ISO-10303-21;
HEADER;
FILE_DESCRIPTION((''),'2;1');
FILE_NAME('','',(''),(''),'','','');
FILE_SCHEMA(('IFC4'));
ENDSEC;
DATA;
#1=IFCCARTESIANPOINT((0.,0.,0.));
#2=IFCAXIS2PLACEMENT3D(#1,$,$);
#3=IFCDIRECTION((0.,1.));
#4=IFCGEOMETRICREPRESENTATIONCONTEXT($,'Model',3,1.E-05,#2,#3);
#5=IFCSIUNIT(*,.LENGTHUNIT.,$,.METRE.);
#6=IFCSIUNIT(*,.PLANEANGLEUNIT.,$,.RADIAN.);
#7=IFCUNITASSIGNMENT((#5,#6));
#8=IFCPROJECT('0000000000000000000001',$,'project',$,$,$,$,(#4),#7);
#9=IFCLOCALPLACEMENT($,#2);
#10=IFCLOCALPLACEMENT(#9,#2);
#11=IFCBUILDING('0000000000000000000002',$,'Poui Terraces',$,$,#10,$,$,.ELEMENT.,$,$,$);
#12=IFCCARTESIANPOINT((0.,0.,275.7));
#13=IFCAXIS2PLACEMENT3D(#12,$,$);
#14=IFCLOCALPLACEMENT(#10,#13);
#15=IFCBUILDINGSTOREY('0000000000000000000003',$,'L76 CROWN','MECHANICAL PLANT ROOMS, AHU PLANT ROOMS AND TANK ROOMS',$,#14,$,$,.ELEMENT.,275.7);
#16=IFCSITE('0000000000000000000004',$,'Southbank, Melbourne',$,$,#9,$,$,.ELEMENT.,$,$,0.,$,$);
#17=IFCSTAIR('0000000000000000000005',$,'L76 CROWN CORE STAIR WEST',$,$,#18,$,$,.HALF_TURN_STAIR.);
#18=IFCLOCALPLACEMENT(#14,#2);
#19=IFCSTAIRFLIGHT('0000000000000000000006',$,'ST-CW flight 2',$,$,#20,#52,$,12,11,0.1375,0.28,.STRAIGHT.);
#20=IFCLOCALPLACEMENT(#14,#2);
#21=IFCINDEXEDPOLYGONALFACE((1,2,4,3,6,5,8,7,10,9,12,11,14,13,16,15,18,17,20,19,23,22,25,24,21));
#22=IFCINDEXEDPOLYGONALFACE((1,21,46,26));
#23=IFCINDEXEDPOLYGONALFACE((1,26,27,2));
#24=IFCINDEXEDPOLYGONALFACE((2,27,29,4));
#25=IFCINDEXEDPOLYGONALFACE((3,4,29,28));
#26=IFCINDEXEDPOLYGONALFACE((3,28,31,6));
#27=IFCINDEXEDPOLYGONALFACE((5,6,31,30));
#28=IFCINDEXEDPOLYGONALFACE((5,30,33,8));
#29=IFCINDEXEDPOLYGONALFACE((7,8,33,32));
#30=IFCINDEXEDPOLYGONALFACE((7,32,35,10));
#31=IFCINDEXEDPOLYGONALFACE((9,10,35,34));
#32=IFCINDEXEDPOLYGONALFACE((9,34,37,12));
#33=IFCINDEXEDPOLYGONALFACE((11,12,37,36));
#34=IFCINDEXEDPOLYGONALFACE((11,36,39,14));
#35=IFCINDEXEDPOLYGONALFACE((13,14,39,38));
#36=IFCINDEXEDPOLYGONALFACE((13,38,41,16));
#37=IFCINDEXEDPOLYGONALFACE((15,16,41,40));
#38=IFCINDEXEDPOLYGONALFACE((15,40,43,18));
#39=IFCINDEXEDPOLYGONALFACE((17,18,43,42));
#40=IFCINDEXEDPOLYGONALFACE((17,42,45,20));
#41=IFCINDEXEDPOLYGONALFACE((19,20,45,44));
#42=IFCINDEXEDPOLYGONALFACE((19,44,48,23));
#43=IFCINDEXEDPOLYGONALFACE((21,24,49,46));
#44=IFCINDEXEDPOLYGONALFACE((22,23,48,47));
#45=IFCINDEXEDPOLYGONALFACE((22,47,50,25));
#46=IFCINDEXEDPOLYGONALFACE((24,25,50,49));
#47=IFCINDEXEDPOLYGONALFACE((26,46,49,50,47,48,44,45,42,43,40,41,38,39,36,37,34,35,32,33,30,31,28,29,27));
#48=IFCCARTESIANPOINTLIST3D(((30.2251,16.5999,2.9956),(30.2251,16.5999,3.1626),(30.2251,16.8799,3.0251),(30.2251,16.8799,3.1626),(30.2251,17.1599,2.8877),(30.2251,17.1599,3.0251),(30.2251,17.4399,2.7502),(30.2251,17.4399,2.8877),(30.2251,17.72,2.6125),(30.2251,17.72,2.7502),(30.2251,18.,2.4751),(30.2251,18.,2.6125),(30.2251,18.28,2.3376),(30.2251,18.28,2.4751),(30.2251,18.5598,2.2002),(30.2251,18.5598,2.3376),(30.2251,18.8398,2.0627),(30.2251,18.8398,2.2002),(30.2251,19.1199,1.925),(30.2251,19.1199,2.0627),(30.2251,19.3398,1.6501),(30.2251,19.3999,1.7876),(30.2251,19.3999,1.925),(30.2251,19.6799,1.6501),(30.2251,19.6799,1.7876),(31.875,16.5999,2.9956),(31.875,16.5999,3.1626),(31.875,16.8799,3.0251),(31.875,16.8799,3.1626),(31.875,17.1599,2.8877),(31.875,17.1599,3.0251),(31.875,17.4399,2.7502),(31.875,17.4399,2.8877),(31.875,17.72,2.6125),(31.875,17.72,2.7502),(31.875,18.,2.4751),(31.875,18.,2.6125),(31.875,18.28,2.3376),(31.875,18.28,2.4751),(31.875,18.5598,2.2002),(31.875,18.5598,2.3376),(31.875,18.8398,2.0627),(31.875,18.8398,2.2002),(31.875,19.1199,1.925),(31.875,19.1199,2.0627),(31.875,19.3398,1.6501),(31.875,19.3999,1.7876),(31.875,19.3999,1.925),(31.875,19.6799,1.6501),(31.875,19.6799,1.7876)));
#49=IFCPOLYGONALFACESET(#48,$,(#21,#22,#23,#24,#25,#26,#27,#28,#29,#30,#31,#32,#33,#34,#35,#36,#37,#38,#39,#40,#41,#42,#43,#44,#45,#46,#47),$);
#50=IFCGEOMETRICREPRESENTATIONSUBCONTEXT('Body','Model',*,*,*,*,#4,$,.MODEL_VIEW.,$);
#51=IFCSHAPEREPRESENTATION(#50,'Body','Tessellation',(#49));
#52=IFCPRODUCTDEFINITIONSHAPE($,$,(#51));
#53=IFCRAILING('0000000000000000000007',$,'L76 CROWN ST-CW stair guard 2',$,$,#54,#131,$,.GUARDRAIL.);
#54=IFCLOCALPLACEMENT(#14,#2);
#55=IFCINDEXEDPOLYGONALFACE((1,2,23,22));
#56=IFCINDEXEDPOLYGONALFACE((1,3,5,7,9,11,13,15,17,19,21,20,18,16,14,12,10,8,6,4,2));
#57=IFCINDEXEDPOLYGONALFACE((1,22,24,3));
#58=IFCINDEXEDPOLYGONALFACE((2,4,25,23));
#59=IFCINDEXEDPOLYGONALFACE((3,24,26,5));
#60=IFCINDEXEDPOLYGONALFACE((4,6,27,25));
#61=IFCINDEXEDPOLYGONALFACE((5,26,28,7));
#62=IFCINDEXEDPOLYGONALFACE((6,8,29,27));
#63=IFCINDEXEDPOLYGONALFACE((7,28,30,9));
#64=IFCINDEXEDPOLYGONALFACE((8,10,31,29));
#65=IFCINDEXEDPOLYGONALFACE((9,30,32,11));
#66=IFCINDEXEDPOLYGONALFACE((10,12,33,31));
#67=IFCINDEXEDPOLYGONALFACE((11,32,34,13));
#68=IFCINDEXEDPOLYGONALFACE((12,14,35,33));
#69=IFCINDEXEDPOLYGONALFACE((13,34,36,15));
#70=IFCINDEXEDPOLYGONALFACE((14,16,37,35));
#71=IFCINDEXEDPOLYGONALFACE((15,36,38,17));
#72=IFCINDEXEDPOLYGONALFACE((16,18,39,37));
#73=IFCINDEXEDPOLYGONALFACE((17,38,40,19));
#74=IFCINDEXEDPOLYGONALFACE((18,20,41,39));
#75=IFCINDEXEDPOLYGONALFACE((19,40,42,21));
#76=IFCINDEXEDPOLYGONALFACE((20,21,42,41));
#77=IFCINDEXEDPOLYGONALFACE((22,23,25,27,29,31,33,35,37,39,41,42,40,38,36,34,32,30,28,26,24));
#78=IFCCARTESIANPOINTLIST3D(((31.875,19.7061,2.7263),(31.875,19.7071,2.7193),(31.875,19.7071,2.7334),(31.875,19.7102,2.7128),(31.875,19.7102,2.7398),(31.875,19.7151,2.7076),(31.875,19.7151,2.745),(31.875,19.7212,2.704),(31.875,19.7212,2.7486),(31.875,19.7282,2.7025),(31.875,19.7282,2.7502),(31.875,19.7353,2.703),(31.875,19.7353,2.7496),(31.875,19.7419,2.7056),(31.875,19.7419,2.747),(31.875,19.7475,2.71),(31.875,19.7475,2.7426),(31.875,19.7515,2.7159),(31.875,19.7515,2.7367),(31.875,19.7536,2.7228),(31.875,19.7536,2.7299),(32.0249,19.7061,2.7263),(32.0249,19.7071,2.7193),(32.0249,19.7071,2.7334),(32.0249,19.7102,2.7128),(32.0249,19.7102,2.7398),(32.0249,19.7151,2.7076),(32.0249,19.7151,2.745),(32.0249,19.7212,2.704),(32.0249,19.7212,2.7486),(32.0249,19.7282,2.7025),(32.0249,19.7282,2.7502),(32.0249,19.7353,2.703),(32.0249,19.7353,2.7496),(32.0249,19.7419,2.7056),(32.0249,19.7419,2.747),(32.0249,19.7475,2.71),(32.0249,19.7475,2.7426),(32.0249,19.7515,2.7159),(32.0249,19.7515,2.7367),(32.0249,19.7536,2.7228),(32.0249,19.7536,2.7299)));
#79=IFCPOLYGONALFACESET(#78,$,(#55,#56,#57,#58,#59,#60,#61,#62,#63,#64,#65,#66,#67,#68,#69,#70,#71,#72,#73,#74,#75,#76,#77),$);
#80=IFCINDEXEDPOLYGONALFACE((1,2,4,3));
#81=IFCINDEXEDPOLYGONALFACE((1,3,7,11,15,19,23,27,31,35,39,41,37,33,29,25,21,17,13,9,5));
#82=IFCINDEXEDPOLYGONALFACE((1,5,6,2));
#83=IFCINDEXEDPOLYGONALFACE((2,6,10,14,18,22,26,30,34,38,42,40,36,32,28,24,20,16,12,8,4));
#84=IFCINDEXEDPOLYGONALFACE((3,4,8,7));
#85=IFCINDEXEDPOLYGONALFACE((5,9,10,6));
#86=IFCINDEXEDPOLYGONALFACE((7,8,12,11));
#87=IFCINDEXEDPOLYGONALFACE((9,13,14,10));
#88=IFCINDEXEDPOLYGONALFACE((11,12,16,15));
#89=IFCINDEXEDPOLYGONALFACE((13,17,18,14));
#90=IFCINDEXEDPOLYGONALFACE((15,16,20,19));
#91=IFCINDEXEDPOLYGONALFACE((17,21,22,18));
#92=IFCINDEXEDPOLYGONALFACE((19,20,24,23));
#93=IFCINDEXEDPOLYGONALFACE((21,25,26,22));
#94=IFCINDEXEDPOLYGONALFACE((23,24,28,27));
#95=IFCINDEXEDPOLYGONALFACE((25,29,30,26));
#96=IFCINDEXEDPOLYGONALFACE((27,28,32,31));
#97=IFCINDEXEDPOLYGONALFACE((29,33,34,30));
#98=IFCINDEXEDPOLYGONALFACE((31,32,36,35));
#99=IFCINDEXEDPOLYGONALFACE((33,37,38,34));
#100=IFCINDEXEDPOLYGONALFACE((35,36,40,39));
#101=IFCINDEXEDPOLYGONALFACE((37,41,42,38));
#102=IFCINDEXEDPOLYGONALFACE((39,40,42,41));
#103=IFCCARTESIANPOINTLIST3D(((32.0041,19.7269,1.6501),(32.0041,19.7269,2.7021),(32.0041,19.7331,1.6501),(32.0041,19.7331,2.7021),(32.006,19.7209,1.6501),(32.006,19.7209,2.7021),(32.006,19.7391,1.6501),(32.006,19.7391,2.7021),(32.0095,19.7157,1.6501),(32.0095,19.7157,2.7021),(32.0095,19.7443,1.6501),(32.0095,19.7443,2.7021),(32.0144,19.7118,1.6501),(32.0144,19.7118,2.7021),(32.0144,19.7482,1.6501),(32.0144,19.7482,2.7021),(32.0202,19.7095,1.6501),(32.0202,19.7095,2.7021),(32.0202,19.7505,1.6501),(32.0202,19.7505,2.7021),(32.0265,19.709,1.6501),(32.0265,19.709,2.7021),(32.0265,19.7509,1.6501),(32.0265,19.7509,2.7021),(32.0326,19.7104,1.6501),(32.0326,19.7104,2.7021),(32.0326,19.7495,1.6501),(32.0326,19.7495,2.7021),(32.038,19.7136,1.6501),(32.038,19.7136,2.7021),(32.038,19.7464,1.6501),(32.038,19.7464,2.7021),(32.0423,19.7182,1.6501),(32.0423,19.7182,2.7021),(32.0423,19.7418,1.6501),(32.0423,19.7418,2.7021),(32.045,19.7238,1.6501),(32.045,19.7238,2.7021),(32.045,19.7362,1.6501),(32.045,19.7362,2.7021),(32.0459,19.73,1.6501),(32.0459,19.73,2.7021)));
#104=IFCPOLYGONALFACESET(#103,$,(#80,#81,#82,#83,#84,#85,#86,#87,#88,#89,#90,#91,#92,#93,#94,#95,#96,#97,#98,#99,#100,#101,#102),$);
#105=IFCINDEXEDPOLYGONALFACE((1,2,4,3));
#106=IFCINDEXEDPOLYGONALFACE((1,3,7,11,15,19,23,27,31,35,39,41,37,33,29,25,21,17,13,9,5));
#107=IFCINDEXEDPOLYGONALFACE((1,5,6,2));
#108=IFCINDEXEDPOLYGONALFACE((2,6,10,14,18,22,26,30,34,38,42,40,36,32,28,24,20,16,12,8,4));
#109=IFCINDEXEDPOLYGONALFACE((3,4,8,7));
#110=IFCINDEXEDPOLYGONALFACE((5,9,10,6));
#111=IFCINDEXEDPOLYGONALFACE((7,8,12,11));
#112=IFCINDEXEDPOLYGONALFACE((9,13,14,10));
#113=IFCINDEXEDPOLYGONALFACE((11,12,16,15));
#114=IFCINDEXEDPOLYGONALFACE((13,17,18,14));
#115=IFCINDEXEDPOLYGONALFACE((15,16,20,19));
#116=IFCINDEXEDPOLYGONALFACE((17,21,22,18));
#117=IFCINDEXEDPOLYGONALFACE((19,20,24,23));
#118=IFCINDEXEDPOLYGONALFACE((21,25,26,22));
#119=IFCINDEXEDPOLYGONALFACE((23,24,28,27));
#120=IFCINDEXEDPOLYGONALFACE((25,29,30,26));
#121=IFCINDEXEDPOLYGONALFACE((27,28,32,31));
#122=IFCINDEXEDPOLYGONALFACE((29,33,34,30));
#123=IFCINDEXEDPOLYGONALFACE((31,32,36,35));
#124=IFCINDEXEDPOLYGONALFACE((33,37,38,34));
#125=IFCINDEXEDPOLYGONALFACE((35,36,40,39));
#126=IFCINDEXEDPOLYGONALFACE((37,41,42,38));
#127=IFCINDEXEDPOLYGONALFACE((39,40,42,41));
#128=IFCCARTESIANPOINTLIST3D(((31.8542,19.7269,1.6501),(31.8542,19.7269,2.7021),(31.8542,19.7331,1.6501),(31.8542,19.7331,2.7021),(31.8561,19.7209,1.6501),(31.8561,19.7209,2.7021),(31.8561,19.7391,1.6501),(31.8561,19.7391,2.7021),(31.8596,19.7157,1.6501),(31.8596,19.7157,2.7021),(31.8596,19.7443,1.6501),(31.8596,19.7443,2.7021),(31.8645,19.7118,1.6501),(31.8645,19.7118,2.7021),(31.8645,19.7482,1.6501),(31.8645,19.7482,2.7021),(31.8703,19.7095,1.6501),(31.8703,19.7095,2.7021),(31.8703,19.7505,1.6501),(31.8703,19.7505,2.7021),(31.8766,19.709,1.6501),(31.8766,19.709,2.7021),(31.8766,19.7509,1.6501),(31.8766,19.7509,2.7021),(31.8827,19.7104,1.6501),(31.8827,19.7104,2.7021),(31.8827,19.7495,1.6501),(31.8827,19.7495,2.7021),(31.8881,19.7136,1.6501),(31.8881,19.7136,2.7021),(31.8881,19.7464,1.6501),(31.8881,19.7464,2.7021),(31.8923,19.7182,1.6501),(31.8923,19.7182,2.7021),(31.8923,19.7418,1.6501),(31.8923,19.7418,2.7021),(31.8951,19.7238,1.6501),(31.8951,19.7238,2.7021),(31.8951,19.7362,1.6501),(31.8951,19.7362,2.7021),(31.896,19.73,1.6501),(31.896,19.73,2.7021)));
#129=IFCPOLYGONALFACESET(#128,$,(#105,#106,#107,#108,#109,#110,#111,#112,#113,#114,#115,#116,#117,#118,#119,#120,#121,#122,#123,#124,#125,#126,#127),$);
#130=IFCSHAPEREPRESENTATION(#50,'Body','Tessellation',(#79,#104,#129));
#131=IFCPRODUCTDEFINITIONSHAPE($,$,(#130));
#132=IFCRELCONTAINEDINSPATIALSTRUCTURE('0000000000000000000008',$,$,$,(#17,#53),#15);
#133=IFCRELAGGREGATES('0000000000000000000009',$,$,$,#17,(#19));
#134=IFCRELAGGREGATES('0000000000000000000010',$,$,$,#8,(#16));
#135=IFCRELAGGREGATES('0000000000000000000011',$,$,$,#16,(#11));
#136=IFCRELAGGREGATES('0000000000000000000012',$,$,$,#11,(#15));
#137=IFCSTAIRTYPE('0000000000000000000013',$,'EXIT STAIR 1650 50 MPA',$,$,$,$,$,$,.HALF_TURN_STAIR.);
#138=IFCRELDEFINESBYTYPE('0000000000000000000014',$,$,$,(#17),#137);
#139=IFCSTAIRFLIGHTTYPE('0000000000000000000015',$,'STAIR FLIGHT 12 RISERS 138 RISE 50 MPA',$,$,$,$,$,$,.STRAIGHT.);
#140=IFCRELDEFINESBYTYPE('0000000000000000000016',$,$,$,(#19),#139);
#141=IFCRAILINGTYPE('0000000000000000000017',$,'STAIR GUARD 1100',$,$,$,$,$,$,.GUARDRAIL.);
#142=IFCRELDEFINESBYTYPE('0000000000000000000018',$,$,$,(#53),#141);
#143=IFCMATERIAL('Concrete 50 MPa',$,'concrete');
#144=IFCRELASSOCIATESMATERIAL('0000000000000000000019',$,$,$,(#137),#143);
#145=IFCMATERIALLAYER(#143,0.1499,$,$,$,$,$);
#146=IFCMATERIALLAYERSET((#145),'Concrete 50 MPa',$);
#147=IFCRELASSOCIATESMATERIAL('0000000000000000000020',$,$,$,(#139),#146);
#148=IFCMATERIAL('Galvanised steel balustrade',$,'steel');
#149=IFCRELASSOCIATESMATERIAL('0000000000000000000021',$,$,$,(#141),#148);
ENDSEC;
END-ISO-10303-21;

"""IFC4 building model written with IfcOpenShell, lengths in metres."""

from ifc_helpers import new_model, si_unit, direction, frame, origin, origin_2d, place, context, subcontext, project, spatial, polyline, circle, outline, extrude, material, layer, layer_set, type_object, element, aggregate, save


model = new_model("IFC4")

# Units and contexts
model_context = context("Model", 3, precision=1e-05, world=origin(), true_north=direction((0.0, 1.0)))
body_context = subcontext(model_context, "Body", "Model", "MODEL_VIEW")
ifc_project = project(units=[si_unit("LENGTHUNIT", "METRE"), si_unit("PLANEANGLEUNIT", "RADIAN")], contexts=[model_context])

# Site, building, storey
site_placement = place(None, origin())
site = spatial("IfcSite", under=ifc_project, at=site_placement, Name="Southbank, Melbourne", CompositionType="ELEMENT", RefElevation=0.0)
building_placement = place(site_placement, origin())
building = spatial("IfcBuilding", under=site, at=building_placement, Name="Poui Terraces", CompositionType="ELEMENT")
storey_placement = place(building_placement, frame((0.0, 0.0, 275.7)))
storey = spatial("IfcBuildingStorey", under=building, at=storey_placement, Name="L76 CROWN", Description="MECHANICAL PLANT ROOMS, AHU PLANT ROOMS AND TANK ROOMS", CompositionType="ELEMENT", Elevation=275.7)

# Shared definitions
ifc_material_1 = material(Name="Concrete 50 MPa", Category="concrete")

# Stair, stair flight
stair_type = type_object("IfcStairType", Name="EXIT STAIR 1650 50 MPA", PredefinedType="HALF_TURN_STAIR", material=ifc_material_1)
stair_placement = place(storey_placement, origin())
stair = element("IfcStair", 1, at=stair_placement, inside=storey, type_object=stair_type, Name="L76 CROWN CORE STAIR WEST", PredefinedType="HALF_TURN_STAIR")
ifc_layer_1 = layer(ifc_material_1, 0.1499)
ifc_layer_set_1 = layer_set([ifc_layer_1], Name="Concrete 50 MPa")
stair_flight_type = type_object("IfcStairFlightType", Name="STAIR FLIGHT 12 RISERS 138 RISE 50 MPA", PredefinedType="STRAIGHT", material=ifc_layer_set_1)
stair_flight_placement = place(storey_placement, frame((31.05, 19.6799, 1.6501), z_axis=(0.0, 0.0, 1.0), x_axis=(0.0, -1.0, 0.0)))
stair_flight = element("IfcStairFlight", 2, at=stair_flight_placement, type_object=stair_flight_type, Name="ST-CW flight 2", NumberOfRisers=12, NumberOfTreads=11, PredefinedType="STRAIGHT", RiserHeight=0.1375, TreadLength=0.28, context=body_context, shape_type="SweptSolid", body=[
    extrude(outline(polyline([(0.0, 0.0), (0.0, 0.1375), (0.28, 0.1375), (0.28, 0.2749), (0.5601, 0.2749), (0.5601, 0.4126), (0.8401, 0.4126), (0.8401, 0.55), (1.1201, 0.55), (1.1201, 0.6875), (1.3999, 0.6875), (1.3999, 0.825), (1.6799, 0.825), (1.6799, 0.9624), (1.96, 0.9624), (1.96, 1.1001), (2.24, 1.1001), (2.24, 1.2375), (2.52, 1.2375), (2.52, 1.375), (2.8, 1.375), (2.8, 1.5125), (3.0801, 1.5125), (3.0801, 1.6499), (3.0801, 1.3455), (0.3401, 0.0), (0.0, 0.0)])), frame((0.0, 0.825, 0.0), z_axis=(0.0, -1.0, 0.0), x_axis=(1.0, 0.0, 0.0)), (0.0, 0.0, 1.0), 1.6499),
])
aggregate(stair, [stair_flight])

# Railing
ifc_material_2 = material(Name="Galvanised steel balustrade", Category="steel")
railing_type_1 = type_object("IfcRailingType", Name="STAIR GUARD 1100", PredefinedType="GUARDRAIL", material=ifc_material_2)
railing_1_placement = place(storey_placement, frame((32.0249, 19.73, 1.6501)))
element("IfcRailing", 3, at=railing_1_placement, inside=storey, type_object=railing_type_1, Name="L76 CROWN ST-CW stair guard 2", PredefinedType="GUARDRAIL", context=body_context, shape_type="SweptSolid", body=[
    extrude(circle(Radius=0.0239, at=origin_2d()), frame((0.0, 0.0, 1.0762), z_axis=(-1.0, 0.0, 0.0), x_axis=(0.0, -1.0, 0.0)), (0.0, 0.0, 1.0), 0.1499),
    extrude(circle(Radius=0.021, at=origin_2d()), origin(), (0.0, 0.0, 1.0), 1.052),
    extrude(circle(Radius=0.021, at=origin_2d()), frame((-0.1499, 0.0, 0.0)), (0.0, 0.0, 1.0), 1.052),
])

save(model, "model.ifc")
